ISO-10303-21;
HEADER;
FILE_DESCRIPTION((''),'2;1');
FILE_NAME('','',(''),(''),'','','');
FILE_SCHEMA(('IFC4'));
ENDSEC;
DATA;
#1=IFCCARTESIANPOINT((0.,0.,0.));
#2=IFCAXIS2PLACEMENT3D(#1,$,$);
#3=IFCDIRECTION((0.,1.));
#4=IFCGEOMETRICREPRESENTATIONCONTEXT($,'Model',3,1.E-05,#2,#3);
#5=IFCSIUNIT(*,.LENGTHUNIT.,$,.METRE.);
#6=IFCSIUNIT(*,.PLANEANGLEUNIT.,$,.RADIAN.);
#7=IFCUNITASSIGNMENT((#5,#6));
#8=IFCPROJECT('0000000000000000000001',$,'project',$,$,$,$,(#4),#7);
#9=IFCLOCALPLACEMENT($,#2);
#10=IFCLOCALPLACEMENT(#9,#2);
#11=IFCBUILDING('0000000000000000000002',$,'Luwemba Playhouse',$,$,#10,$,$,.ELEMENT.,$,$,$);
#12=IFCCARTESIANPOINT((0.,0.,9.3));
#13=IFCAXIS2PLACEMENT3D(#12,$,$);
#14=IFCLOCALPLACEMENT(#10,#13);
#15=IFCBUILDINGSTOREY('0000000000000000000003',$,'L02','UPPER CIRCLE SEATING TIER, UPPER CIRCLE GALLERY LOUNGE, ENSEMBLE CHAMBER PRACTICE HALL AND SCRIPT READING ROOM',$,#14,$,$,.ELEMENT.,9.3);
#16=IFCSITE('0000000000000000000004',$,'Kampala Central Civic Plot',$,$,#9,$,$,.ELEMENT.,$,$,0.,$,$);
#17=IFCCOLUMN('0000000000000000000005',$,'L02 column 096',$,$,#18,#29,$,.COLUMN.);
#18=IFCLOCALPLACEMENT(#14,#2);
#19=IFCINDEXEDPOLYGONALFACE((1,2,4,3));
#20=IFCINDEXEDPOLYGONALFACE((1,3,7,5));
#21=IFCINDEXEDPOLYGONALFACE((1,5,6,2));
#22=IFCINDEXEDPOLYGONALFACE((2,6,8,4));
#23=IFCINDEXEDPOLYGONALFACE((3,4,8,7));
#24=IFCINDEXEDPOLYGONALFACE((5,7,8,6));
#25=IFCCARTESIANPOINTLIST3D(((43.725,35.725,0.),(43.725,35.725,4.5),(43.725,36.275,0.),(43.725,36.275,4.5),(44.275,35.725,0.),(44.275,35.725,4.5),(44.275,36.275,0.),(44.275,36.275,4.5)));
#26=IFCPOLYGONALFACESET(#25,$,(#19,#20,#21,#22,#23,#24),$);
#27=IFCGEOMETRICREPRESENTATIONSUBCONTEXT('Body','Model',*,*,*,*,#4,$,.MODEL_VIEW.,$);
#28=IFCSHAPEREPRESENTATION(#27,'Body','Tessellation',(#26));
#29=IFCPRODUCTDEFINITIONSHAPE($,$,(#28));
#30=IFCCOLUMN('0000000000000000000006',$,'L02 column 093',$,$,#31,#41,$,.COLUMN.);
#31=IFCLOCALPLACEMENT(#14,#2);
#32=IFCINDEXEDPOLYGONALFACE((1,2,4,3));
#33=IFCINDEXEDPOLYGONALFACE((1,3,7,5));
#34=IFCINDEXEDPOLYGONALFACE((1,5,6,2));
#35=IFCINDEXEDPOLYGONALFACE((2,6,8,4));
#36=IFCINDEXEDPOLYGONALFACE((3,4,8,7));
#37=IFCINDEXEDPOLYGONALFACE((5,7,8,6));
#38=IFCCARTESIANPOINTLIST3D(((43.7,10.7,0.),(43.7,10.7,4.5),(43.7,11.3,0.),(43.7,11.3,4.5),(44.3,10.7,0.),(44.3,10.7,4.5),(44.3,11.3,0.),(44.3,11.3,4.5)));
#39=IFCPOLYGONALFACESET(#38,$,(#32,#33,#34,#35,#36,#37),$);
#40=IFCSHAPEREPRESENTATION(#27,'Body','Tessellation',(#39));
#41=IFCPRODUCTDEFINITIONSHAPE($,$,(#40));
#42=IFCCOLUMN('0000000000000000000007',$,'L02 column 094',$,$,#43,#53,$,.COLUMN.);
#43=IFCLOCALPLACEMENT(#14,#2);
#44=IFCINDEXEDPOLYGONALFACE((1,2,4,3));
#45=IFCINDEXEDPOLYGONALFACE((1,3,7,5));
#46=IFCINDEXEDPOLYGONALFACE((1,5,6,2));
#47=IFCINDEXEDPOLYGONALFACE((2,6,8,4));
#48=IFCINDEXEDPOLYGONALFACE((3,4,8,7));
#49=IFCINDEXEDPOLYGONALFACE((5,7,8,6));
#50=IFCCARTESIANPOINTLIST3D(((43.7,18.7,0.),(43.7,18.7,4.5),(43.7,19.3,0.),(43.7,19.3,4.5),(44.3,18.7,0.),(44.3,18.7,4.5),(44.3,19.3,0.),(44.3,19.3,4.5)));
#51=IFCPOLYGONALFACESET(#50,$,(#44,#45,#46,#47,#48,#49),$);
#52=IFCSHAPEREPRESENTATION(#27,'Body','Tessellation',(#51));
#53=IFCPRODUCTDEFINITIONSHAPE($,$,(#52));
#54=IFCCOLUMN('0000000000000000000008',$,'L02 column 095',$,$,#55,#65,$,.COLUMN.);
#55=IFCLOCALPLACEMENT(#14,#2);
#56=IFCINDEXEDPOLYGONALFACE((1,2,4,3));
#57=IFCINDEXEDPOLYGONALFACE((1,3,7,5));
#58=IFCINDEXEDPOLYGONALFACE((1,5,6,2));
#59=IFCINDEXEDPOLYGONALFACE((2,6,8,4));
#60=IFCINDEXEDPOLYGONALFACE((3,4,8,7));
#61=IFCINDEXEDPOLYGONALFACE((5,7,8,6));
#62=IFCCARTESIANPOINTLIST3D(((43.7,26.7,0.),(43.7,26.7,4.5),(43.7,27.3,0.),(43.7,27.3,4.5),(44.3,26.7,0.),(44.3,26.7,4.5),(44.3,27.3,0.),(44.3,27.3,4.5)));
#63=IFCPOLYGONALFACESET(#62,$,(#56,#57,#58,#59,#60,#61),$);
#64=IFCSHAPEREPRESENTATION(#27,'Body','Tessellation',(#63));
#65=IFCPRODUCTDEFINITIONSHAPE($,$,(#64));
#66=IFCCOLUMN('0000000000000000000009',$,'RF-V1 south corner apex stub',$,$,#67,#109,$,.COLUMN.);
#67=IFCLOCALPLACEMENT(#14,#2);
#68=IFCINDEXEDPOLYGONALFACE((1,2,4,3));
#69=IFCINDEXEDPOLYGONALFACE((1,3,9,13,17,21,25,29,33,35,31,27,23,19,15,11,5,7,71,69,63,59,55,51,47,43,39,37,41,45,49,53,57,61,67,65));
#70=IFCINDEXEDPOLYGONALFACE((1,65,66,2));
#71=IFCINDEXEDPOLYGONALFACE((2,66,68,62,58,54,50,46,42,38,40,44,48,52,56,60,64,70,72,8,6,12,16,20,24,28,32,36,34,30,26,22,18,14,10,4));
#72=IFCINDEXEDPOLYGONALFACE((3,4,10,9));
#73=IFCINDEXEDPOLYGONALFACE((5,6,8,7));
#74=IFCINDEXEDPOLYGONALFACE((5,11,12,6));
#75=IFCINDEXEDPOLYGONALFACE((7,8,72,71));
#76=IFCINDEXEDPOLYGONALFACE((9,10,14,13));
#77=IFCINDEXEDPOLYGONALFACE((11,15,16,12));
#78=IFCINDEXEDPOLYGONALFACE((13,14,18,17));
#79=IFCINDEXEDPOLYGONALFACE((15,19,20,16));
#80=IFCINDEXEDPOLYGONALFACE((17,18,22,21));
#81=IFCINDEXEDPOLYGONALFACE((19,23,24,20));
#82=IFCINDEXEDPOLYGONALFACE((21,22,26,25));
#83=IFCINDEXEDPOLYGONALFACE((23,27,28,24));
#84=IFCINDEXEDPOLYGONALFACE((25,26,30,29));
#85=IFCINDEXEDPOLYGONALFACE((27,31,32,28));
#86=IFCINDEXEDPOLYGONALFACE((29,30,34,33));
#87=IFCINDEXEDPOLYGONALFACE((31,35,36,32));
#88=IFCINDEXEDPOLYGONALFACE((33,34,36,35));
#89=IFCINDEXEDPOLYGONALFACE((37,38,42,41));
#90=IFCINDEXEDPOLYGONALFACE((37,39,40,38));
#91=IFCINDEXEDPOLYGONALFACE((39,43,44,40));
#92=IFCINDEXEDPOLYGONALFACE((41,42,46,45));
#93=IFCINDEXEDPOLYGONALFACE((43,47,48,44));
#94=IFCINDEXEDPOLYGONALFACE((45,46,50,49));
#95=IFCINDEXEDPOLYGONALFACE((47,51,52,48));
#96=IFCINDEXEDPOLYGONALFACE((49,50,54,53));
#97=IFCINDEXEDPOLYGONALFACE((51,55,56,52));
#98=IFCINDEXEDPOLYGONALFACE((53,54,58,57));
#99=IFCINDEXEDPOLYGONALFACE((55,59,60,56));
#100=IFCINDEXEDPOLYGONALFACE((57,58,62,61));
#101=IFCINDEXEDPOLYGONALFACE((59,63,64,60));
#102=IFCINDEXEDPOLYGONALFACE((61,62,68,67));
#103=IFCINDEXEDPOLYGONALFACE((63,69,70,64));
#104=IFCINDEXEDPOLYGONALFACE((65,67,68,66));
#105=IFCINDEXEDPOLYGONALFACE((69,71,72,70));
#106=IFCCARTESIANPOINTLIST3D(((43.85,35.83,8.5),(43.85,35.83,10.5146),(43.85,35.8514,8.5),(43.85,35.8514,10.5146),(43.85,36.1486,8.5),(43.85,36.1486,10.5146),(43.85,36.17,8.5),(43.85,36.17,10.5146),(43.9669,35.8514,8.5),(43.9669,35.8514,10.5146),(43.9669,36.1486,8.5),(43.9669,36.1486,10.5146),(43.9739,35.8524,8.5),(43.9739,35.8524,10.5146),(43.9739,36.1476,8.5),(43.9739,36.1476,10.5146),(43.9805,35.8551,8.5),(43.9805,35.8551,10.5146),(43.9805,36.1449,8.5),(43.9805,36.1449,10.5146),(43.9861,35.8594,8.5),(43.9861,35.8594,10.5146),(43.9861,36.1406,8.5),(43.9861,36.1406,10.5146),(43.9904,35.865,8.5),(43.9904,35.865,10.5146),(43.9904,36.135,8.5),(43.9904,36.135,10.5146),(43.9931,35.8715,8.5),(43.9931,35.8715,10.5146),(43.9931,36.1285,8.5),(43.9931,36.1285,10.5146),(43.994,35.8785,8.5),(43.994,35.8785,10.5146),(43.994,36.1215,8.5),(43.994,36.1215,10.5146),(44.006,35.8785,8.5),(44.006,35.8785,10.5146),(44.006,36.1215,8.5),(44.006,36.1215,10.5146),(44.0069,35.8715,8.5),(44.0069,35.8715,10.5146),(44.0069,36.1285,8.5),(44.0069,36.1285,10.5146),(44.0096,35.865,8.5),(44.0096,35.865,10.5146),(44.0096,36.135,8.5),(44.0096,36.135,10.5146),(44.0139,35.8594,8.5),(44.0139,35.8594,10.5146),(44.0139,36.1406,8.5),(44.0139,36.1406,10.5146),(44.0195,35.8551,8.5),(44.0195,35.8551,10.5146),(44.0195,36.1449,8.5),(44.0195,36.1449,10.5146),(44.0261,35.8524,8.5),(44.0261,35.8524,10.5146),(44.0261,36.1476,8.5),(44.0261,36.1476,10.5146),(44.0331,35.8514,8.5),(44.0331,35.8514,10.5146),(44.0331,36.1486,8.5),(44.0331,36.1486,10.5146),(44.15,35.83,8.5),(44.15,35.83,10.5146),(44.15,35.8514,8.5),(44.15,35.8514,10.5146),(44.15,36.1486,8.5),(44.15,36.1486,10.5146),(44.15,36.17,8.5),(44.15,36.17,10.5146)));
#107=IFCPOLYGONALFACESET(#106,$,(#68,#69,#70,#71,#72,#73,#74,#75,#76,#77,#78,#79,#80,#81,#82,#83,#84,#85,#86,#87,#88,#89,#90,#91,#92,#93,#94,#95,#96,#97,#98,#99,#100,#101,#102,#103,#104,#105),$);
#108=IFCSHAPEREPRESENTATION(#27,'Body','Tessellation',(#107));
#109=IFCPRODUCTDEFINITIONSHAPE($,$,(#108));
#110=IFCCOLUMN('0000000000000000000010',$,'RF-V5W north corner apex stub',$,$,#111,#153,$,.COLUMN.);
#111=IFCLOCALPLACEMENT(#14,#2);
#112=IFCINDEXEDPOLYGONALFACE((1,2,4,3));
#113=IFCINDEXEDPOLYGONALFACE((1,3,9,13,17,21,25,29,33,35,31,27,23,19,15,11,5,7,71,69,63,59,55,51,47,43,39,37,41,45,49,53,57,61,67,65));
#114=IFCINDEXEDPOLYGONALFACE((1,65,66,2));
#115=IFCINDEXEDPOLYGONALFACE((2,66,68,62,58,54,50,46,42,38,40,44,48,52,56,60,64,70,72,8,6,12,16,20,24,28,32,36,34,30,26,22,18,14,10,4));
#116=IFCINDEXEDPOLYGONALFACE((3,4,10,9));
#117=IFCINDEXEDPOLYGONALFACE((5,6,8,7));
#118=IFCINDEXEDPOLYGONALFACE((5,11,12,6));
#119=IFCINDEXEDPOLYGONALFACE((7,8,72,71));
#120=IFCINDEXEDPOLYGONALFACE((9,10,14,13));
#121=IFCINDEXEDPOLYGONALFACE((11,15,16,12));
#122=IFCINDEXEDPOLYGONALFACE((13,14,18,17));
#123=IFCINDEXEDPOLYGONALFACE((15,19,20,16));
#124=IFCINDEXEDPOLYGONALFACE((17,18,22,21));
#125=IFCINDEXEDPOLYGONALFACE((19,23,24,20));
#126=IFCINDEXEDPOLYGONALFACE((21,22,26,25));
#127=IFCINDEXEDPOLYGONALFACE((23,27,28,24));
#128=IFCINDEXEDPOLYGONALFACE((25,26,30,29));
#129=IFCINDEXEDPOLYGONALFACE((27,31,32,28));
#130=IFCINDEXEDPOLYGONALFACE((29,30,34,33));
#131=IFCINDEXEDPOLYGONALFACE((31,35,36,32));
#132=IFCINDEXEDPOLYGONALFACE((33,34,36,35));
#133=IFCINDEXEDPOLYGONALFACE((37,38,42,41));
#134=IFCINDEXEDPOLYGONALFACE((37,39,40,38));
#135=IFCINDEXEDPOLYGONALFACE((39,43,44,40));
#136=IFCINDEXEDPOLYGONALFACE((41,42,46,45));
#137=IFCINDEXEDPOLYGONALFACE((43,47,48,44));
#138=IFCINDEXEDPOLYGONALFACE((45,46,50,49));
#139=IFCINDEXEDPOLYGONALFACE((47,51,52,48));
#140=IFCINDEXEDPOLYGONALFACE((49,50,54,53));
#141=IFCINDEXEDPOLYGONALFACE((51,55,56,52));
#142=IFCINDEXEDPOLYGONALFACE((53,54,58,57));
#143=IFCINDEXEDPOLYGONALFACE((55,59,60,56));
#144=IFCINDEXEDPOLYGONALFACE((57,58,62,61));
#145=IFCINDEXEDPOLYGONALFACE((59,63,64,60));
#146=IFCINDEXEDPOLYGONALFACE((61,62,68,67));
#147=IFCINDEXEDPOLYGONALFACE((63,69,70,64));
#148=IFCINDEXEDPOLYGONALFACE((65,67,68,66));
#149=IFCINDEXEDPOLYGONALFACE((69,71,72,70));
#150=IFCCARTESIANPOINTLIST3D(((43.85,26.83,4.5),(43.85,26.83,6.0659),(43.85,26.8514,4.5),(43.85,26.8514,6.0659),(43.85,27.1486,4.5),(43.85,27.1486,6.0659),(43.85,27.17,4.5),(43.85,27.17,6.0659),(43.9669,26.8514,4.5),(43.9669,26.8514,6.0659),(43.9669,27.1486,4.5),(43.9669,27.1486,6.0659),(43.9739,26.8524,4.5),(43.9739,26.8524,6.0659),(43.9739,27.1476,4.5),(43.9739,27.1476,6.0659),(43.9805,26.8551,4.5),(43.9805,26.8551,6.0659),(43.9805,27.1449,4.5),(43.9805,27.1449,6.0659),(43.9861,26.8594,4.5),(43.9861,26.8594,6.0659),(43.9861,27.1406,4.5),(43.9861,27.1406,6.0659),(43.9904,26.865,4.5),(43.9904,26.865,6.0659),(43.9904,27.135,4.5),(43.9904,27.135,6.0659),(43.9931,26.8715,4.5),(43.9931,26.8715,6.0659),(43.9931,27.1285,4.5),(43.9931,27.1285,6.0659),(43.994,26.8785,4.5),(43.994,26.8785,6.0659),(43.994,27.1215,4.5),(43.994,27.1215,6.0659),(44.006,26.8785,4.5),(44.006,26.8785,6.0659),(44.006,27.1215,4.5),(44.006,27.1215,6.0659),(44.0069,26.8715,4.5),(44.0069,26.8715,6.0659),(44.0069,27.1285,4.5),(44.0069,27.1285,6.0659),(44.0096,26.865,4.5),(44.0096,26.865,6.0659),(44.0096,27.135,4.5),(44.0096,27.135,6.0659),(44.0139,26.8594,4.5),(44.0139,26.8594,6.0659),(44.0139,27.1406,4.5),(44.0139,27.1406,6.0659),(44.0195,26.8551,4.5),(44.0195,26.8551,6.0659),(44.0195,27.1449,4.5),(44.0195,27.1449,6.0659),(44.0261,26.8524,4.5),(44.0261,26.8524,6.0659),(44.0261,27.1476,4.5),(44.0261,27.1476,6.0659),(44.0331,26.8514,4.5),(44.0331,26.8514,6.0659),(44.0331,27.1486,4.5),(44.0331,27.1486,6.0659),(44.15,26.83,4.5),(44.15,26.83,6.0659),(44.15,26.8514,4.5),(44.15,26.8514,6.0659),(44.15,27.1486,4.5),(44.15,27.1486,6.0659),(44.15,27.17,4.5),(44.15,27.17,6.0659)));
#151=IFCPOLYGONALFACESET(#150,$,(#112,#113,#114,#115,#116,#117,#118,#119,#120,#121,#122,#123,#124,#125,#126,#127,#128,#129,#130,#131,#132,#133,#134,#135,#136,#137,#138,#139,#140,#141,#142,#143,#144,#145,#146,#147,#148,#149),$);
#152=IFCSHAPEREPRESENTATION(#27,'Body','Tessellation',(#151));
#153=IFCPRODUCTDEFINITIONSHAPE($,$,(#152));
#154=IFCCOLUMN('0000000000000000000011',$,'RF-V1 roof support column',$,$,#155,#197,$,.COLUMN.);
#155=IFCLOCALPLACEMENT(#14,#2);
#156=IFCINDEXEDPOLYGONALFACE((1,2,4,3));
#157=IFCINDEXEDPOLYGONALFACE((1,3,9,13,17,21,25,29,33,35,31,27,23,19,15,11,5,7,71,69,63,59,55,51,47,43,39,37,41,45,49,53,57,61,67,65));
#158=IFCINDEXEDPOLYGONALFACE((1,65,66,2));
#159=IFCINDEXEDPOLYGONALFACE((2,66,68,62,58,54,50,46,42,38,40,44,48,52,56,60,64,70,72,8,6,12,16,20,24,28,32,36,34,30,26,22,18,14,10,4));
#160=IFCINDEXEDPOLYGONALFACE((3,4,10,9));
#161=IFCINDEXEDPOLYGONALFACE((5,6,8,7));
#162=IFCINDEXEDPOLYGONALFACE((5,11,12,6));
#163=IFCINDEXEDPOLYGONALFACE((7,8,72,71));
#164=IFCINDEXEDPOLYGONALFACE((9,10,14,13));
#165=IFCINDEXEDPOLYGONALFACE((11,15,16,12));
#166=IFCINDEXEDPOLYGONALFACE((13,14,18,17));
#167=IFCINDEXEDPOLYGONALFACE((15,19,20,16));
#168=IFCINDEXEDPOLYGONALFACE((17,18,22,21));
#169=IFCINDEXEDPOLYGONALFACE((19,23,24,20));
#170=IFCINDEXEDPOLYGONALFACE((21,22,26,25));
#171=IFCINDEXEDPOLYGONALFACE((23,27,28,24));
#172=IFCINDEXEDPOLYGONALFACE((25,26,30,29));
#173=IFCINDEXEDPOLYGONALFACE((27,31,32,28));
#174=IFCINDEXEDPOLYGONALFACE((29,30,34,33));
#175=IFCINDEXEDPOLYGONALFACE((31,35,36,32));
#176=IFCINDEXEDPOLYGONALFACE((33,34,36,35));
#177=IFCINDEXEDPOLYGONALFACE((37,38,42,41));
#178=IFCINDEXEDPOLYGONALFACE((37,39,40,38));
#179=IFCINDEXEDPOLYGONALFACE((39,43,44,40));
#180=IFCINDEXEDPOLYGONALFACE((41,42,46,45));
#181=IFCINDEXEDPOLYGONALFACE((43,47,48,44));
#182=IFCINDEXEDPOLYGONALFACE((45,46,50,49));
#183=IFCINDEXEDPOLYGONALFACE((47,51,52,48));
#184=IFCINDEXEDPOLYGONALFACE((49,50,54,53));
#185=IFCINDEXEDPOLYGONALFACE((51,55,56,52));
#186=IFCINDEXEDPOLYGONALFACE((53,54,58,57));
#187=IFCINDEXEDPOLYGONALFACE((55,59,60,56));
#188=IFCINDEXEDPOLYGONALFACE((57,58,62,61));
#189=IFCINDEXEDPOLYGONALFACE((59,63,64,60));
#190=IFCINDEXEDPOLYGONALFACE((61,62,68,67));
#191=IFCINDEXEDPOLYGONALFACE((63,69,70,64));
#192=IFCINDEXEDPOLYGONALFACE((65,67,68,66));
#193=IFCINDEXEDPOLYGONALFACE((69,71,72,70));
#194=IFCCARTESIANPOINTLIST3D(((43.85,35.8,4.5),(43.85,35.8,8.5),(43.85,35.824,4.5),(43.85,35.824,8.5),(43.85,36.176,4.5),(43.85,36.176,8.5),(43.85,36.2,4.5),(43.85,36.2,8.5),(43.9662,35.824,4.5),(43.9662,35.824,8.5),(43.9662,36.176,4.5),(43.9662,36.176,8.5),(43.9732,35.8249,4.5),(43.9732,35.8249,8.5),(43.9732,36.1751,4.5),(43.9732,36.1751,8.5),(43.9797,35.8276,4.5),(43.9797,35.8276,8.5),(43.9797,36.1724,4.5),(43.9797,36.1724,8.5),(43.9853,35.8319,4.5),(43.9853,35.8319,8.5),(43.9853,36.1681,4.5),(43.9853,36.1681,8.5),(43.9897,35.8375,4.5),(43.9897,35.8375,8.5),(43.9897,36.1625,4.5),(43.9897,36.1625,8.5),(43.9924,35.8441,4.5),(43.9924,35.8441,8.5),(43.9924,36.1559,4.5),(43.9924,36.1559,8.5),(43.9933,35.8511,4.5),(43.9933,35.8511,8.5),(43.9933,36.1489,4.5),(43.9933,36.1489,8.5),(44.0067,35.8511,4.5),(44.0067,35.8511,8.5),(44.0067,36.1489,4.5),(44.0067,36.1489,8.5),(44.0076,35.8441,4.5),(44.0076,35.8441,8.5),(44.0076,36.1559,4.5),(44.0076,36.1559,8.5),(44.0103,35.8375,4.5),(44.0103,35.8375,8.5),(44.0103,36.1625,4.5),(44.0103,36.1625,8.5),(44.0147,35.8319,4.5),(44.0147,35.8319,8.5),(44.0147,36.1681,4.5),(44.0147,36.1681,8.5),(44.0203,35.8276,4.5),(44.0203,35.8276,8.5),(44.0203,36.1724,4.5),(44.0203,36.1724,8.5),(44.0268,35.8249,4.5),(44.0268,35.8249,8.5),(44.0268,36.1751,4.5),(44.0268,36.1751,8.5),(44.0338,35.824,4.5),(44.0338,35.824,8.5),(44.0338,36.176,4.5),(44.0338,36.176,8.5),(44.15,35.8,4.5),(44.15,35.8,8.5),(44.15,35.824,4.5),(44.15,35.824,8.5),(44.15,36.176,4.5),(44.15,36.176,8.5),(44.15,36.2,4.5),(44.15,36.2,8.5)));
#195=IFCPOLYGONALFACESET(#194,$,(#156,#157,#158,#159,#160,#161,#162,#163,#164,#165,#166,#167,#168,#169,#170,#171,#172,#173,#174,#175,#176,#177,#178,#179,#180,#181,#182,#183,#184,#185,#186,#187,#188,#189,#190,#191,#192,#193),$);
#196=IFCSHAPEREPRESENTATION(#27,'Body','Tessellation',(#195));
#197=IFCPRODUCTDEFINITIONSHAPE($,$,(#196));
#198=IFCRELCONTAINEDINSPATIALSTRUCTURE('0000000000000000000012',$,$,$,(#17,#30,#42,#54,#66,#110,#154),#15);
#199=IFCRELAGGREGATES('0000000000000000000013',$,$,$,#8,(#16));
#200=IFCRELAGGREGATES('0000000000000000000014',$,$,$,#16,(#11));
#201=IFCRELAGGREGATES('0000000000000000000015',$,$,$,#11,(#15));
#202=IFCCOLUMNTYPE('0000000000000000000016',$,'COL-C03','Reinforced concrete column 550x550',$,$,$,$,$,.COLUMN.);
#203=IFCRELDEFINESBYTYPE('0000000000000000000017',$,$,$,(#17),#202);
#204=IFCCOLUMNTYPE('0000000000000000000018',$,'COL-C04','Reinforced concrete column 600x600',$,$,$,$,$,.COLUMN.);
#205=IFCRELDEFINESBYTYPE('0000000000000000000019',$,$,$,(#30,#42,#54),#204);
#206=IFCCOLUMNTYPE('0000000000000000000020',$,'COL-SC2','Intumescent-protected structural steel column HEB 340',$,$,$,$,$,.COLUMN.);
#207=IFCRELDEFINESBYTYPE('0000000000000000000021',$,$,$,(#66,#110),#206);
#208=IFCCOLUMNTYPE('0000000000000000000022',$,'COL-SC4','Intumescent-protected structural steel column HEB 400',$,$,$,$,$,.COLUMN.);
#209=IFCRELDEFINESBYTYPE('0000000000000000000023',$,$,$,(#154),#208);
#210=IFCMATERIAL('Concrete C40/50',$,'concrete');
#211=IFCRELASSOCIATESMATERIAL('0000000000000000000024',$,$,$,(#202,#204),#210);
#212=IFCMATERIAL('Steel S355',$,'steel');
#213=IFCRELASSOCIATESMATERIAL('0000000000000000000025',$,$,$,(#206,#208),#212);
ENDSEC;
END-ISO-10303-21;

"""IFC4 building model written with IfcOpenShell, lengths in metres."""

from ifc_helpers import new_model, si_unit, direction, frame, origin, origin_2d, place, context, subcontext, project, spatial, rectangle, i_section, extrude, material, material_profile, profile_set, type_object, element, save


model = new_model("IFC4")

# Units and contexts
model_context = context("Model", 3, precision=1e-05, world=origin(), true_north=direction((0.0, 1.0)))
body_context = subcontext(model_context, "Body", "Model", "MODEL_VIEW")
ifc_project = project(units=[si_unit("LENGTHUNIT", "METRE"), si_unit("PLANEANGLEUNIT", "RADIAN")], contexts=[model_context])

# Site, building, storey
site_placement = place(None, origin())
site = spatial("IfcSite", under=ifc_project, at=site_placement, Name="Kampala Central Civic Plot", CompositionType="ELEMENT", RefElevation=0.0)
building_placement = place(site_placement, origin())
building = spatial("IfcBuilding", under=site, at=building_placement, Name="Luwemba Playhouse", CompositionType="ELEMENT")
storey_placement = place(building_placement, frame((0.0, 0.0, 9.3)))
storey = spatial("IfcBuildingStorey", under=building, at=storey_placement, Name="L02", Description="UPPER CIRCLE SEATING TIER, UPPER CIRCLE GALLERY LOUNGE, ENSEMBLE CHAMBER PRACTICE HALL AND SCRIPT READING ROOM", CompositionType="ELEMENT", Elevation=9.3)

# Columns
ifc_material_1 = material(Name="Concrete C40/50", Category="concrete")
ifc_material_profile_1 = material_profile(ifc_material_1, rectangle(XDim=0.55, YDim=0.55, at=origin_2d()))
ifc_profile_set_1 = profile_set([ifc_material_profile_1], Name="Concrete C40/50")
column_type_1 = type_object("IfcColumnType", Name="COL-C03", Description="Reinforced concrete column 550x550", PredefinedType="COLUMN", material=ifc_profile_set_1)
column_1_placement = place(storey_placement, frame((44.0, 36.0, 0.0), z_axis=(0.0, 0.0, 1.0), x_axis=(1.0, 0.0, 0.0)))
element("IfcColumn", 1, at=column_1_placement, inside=storey, type_object=column_type_1, Name="L02 column 096", PredefinedType="COLUMN", context=body_context, shape_type="SweptSolid", body=[
    extrude(rectangle(XDim=0.55, YDim=0.55, at=origin_2d()), origin(), (0.0, 0.0, 1.0), 4.5),
])
ifc_material_profile_2 = material_profile(ifc_material_1, rectangle(XDim=0.6001, YDim=0.6001, at=origin_2d()))
ifc_profile_set_2 = profile_set([ifc_material_profile_2], Name="Concrete C40/50")
column_type_2 = type_object("IfcColumnType", Name="COL-C04", Description="Reinforced concrete column 600x600", PredefinedType="COLUMN", material=ifc_profile_set_2)
for number, where, z_axis, x_axis, name in (
    (2, (44.0, 11.0, 0.0), (0.0, 0.0, 1.0), (1.0, 0.0, 0.0), "L02 column 093"),
    (3, (44.0, 19.0, 0.0), (0.0, 0.0, 1.0), (1.0, 0.0, 0.0), "L02 column 094"),
    (4, (44.0, 27.0, 0.0), (0.0, 0.0, 1.0), (1.0, 0.0, 0.0), "L02 column 095"),
):
    element("IfcColumn", number, at=place(storey_placement, frame(where, z_axis=z_axis, x_axis=x_axis)), inside=storey, type_object=column_type_2, Name=name, PredefinedType="COLUMN", context=body_context, shape_type="SweptSolid", body=[
        extrude(rectangle(XDim=0.6001, YDim=0.6001, at=origin_2d()), origin(), (0.0, 0.0, 1.0), 4.5),
    ])
ifc_material_2 = material(Name="Steel S355", Category="steel")
ifc_material_profile_3 = material_profile(ifc_material_2, i_section(OverallWidth=0.3, OverallDepth=0.3401, WebThickness=0.012, FlangeThickness=0.0215, FilletRadius=0.0271, at=origin_2d()))
ifc_profile_set_3 = profile_set([ifc_material_profile_3], Name="Steel S355")
column_type_3 = type_object("IfcColumnType", Name="COL-SC2", Description="Intumescent-protected structural steel column HEB 340", PredefinedType="COLUMN", material=ifc_profile_set_3)
column_2_placement = place(storey_placement, frame((44.0, 36.0, 8.5), z_axis=(0.0, 0.0, 1.0), x_axis=(1.0, 0.0, 0.0)))
element("IfcColumn", 5, at=column_2_placement, inside=storey, type_object=column_type_3, Name="RF-V1 south corner apex stub", PredefinedType="COLUMN", context=body_context, shape_type="SweptSolid", body=[
    extrude(i_section(OverallWidth=0.3, OverallDepth=0.3401, WebThickness=0.012, FlangeThickness=0.0215, FilletRadius=0.0271, at=origin_2d()), origin(), (0.0, 0.0, 1.0), 2.0146),
])
column_3_placement = place(storey_placement, frame((44.0, 27.0, 4.5), z_axis=(0.0, 0.0, 1.0), x_axis=(1.0, 0.0, 0.0)))
element("IfcColumn", 6, at=column_3_placement, inside=storey, type_object=column_type_3, Name="RF-V5W north corner apex stub", PredefinedType="COLUMN", context=body_context, shape_type="SweptSolid", body=[
    extrude(i_section(OverallWidth=0.3, OverallDepth=0.3401, WebThickness=0.012, FlangeThickness=0.0215, FilletRadius=0.0271, at=origin_2d()), origin(), (0.0, 0.0, 1.0), 1.5659),
])
ifc_material_profile_4 = material_profile(ifc_material_2, i_section(OverallWidth=0.3, OverallDepth=0.3999, WebThickness=0.0134, FlangeThickness=0.0239, FilletRadius=0.0271, at=origin_2d()))
ifc_profile_set_4 = profile_set([ifc_material_profile_4], Name="Steel S355")
column_type_4 = type_object("IfcColumnType", Name="COL-SC4", Description="Intumescent-protected structural steel column HEB 400", PredefinedType="COLUMN", material=ifc_profile_set_4)
column_4_placement = place(storey_placement, frame((44.0, 36.0, 4.5), z_axis=(0.0, 0.0, 1.0), x_axis=(1.0, 0.0, 0.0)))
element("IfcColumn", 7, at=column_4_placement, inside=storey, type_object=column_type_4, Name="RF-V1 roof support column", PredefinedType="COLUMN", context=body_context, shape_type="SweptSolid", body=[
    extrude(i_section(OverallWidth=0.3, OverallDepth=0.3999, WebThickness=0.0134, FlangeThickness=0.0239, FilletRadius=0.0271, at=origin_2d()), origin(), (0.0, 0.0, 1.0), 4.0),
])

save(model, "model.ifc")
